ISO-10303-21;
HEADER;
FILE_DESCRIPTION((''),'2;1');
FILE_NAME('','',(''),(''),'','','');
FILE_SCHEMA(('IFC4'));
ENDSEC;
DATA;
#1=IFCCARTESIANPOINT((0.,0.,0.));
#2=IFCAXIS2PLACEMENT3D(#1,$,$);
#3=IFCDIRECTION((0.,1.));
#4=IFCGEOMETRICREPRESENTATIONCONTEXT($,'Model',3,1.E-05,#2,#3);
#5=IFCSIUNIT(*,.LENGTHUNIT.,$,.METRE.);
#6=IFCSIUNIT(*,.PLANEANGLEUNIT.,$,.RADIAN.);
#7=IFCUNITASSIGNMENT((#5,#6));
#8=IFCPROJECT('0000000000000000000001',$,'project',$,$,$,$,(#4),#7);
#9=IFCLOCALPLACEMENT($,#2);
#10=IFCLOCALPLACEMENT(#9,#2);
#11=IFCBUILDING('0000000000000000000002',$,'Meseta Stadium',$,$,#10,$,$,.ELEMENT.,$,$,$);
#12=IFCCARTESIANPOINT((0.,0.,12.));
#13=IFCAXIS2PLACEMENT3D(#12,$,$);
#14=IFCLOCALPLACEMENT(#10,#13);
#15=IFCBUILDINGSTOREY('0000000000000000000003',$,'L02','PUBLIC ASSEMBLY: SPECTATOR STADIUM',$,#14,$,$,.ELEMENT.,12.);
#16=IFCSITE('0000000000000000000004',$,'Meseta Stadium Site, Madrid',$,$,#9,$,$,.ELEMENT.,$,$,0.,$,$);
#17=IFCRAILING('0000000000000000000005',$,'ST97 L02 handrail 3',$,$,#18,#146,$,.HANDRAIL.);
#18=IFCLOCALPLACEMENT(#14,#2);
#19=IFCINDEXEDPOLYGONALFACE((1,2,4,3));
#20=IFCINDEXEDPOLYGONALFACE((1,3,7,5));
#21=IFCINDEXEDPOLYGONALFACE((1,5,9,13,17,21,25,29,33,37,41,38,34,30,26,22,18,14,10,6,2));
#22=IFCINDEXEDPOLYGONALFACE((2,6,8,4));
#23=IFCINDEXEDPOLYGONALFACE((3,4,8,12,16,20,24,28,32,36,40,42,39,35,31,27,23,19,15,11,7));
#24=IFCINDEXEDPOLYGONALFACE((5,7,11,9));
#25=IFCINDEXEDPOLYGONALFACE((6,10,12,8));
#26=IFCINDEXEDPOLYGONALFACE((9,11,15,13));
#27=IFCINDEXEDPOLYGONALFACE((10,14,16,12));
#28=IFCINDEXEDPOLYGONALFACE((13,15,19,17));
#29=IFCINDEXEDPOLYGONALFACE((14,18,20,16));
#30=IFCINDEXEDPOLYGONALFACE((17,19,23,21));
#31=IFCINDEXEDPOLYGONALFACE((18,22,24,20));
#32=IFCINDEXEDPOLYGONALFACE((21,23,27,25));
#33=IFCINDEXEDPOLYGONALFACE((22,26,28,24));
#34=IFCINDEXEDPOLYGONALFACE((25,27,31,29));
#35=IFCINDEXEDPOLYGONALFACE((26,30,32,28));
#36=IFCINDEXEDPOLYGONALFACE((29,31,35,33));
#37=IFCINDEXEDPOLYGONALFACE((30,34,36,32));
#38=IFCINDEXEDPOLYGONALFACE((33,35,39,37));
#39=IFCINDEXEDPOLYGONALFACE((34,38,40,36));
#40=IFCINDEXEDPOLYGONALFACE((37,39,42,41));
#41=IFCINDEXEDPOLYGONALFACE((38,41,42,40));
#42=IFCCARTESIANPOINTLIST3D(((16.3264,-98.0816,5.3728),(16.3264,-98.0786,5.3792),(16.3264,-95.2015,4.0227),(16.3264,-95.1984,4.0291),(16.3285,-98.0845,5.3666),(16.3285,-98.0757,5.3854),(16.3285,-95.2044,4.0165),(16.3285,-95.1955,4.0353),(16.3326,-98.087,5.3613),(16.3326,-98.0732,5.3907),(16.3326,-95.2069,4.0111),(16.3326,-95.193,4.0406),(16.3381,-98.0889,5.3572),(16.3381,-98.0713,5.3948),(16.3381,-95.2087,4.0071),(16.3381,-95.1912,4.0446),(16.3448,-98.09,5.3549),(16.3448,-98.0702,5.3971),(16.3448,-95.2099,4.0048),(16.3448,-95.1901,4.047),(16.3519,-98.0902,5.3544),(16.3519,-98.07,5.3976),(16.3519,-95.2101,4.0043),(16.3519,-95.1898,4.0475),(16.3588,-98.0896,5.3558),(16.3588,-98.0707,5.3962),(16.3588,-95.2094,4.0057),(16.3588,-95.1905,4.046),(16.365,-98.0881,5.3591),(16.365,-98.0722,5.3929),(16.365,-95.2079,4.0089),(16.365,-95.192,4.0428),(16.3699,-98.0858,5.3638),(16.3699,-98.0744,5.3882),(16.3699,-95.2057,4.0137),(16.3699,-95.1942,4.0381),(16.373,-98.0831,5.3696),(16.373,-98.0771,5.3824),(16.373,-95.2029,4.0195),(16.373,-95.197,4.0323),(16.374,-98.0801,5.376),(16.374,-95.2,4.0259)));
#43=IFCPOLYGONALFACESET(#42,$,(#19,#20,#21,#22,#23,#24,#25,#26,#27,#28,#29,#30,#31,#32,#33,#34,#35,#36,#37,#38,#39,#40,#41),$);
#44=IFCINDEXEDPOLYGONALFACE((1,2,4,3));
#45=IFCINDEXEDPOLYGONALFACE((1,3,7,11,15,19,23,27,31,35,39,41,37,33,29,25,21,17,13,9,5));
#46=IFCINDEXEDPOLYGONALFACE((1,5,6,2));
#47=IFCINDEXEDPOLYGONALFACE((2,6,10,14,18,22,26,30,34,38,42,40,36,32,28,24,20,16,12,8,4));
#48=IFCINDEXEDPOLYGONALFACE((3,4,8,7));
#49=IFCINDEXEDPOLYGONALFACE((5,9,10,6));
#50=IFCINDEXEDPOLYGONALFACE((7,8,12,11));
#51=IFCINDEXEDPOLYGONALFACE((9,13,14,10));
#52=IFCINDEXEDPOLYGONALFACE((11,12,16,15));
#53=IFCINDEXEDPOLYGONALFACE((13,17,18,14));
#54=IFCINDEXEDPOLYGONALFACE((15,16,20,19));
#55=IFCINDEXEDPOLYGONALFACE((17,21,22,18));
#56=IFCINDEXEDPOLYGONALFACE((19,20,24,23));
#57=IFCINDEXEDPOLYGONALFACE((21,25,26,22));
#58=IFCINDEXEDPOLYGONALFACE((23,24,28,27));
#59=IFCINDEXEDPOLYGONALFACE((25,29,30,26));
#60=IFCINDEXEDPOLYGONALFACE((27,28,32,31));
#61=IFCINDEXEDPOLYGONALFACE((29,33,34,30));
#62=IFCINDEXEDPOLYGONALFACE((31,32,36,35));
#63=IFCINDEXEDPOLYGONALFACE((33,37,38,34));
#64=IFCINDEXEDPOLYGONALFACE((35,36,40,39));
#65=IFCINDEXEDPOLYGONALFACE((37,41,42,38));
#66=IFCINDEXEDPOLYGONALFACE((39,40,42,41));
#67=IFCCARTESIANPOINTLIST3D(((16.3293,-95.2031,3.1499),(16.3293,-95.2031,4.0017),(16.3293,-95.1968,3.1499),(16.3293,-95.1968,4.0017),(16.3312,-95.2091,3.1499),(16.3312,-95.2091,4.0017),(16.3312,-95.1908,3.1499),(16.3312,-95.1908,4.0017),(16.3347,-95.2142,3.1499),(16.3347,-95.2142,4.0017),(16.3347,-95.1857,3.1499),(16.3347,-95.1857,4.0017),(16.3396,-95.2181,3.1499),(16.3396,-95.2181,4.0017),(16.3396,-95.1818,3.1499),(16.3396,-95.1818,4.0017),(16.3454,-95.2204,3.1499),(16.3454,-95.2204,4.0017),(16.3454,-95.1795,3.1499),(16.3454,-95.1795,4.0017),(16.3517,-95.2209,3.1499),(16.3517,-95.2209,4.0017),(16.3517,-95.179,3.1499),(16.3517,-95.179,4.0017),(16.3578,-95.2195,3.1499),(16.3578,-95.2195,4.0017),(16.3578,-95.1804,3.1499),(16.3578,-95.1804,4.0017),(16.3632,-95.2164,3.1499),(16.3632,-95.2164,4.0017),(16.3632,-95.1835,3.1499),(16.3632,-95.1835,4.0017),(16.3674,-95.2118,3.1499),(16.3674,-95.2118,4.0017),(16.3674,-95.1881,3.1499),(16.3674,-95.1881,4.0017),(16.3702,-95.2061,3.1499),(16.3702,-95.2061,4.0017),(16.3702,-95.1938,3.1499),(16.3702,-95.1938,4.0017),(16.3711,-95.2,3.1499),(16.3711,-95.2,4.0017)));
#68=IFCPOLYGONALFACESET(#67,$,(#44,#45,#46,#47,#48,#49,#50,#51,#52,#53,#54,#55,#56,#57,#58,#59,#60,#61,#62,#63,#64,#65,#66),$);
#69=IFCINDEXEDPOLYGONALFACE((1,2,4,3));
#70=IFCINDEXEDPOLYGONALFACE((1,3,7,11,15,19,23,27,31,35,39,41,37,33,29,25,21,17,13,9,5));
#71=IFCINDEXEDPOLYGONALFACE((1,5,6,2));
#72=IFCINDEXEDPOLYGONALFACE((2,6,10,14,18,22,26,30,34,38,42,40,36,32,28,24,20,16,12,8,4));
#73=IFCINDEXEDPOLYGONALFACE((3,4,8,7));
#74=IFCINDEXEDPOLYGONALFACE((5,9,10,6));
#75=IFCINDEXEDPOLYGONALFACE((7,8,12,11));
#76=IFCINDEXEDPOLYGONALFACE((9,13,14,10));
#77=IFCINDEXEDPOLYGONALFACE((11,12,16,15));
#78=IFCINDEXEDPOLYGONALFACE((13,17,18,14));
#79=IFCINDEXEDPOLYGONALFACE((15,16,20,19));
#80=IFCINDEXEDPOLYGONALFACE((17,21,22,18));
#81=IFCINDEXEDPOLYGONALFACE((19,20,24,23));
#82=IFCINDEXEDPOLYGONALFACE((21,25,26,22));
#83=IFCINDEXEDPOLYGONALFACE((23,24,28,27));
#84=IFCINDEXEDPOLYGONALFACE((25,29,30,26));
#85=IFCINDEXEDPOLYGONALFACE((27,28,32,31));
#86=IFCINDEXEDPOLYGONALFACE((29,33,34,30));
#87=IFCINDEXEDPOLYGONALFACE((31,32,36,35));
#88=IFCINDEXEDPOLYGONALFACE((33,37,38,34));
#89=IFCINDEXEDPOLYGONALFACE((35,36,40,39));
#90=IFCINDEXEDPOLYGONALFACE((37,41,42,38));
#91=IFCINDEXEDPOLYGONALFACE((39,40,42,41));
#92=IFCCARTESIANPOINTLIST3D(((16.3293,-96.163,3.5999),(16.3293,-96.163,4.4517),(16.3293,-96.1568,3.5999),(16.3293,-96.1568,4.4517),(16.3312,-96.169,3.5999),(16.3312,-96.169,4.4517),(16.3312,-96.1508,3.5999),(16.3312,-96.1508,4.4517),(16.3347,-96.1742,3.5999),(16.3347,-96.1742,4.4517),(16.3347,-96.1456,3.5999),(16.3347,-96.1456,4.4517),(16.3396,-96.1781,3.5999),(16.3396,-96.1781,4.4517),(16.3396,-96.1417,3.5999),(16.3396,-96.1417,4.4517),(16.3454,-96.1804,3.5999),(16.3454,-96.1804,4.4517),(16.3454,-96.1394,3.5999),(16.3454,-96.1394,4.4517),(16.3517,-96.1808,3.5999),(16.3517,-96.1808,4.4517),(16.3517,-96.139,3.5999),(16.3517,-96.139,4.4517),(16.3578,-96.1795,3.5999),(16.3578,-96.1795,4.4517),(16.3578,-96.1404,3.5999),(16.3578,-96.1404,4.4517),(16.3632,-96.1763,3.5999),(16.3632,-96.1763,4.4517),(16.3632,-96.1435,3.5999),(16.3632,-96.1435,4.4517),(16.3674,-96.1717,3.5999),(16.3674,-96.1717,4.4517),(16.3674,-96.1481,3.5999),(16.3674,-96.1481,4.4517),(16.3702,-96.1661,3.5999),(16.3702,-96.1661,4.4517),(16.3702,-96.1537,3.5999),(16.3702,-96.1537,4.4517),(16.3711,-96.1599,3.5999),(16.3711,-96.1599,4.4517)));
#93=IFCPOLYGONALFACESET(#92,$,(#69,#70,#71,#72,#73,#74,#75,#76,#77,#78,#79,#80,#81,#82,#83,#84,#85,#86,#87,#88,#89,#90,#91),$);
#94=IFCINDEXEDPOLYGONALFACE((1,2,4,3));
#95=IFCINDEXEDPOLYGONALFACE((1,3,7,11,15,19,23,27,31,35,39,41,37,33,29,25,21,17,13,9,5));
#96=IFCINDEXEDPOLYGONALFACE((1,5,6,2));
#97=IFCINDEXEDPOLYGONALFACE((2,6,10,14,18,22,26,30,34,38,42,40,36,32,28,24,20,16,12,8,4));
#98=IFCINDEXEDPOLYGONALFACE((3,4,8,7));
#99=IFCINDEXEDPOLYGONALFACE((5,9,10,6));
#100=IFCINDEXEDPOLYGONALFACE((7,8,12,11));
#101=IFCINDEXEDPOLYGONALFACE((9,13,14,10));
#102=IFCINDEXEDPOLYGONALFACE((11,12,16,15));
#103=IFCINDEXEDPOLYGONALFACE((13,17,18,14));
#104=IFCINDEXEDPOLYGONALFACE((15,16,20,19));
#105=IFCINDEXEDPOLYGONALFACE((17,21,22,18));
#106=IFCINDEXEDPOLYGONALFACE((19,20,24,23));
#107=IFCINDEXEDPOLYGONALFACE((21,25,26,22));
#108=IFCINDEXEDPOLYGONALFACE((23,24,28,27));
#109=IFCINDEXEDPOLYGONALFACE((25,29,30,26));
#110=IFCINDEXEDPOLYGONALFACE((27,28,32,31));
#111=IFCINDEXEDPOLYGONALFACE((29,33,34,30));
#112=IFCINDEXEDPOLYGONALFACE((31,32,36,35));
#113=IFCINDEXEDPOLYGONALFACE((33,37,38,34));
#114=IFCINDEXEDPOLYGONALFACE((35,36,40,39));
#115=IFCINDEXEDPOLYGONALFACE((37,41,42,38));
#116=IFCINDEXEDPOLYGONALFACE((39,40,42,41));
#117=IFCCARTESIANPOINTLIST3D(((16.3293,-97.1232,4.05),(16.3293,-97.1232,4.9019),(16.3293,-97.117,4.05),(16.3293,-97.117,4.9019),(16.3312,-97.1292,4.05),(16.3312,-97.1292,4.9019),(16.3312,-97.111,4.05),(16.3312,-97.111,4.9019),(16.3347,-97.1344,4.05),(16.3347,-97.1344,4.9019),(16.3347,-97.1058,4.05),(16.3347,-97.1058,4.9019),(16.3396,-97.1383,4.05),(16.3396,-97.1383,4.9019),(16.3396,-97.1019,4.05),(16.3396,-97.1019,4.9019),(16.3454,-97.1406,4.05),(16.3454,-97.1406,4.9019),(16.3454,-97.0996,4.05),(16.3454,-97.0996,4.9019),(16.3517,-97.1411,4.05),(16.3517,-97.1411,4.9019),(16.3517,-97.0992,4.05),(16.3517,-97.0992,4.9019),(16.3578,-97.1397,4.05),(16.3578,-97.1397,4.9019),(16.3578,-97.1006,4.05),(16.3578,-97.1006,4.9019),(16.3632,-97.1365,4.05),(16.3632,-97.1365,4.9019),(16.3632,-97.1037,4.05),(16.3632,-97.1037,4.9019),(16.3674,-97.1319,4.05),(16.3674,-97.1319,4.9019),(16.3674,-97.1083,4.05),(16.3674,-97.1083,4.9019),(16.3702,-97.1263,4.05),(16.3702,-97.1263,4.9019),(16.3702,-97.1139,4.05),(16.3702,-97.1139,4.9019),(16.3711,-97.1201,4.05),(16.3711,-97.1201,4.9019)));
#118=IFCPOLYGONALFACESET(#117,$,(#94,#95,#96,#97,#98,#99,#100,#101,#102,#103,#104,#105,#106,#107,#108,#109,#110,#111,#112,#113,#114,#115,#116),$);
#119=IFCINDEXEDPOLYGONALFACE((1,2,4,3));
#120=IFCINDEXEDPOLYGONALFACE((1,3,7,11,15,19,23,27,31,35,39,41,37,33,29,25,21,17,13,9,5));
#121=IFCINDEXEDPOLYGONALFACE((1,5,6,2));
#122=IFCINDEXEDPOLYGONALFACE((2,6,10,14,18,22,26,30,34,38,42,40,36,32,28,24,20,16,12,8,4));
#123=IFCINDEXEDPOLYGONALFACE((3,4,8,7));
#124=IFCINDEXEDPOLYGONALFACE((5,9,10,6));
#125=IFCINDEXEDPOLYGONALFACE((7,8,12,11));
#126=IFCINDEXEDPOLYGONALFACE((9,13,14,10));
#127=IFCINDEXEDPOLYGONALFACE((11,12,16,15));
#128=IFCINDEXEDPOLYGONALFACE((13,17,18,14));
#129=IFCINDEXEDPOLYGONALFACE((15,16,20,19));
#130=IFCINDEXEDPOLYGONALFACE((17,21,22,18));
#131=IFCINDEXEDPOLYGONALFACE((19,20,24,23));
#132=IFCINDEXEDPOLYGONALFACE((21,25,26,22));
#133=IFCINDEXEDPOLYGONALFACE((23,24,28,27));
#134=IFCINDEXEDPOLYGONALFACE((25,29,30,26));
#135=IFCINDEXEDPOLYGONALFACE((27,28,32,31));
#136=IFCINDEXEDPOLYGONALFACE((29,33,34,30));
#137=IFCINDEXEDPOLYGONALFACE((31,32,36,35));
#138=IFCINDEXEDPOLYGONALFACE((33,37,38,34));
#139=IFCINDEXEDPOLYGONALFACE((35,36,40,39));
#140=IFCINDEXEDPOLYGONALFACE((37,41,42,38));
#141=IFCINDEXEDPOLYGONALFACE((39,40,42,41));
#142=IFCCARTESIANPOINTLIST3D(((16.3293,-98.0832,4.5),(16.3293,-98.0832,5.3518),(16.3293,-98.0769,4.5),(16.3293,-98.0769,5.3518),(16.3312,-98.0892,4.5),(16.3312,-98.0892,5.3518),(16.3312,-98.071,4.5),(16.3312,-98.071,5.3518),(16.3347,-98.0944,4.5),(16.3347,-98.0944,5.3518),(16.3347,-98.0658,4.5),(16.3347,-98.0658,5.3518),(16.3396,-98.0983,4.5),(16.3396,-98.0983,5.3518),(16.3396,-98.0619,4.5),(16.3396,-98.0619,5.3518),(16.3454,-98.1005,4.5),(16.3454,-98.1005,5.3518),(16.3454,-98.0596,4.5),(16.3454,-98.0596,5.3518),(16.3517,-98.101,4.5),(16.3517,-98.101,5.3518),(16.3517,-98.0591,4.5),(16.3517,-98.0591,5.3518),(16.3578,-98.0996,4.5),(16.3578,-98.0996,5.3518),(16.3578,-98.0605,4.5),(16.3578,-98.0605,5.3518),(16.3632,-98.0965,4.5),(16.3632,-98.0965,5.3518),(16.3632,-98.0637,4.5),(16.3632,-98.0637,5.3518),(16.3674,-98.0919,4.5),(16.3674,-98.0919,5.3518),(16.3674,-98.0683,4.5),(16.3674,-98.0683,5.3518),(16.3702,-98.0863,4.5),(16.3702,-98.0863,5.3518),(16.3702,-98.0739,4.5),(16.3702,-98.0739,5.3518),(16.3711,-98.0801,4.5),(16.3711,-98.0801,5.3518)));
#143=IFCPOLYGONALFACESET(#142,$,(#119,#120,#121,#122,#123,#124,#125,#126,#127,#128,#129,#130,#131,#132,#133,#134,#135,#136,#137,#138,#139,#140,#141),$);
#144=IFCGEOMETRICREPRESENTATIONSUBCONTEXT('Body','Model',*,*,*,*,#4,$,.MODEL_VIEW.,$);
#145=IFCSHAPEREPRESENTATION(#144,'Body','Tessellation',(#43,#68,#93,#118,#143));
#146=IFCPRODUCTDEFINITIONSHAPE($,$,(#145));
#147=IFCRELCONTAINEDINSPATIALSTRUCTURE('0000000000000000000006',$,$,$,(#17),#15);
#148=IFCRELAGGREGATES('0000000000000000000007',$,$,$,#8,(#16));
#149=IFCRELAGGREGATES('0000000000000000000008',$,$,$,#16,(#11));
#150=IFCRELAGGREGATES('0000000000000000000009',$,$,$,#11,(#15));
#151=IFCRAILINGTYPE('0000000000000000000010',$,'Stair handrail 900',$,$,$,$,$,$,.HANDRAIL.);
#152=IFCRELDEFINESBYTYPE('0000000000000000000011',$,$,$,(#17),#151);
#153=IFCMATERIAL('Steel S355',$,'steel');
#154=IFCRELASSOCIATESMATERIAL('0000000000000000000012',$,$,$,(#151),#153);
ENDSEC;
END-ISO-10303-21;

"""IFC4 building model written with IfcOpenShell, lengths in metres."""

from ifc_helpers import new_model, si_unit, direction, frame, origin, origin_2d, place, context, subcontext, project, spatial, circle, extrude, material, type_object, element, save


model = new_model("IFC4")

# Units and contexts
model_context = context("Model", 3, precision=1e-05, world=origin(), true_north=direction((0.0, 1.0)))
body_context = subcontext(model_context, "Body", "Model", "MODEL_VIEW")
ifc_project = project(units=[si_unit("LENGTHUNIT", "METRE"), si_unit("PLANEANGLEUNIT", "RADIAN")], contexts=[model_context])

# Site, building, storey
site_placement = place(None, origin())
site = spatial("IfcSite", under=ifc_project, at=site_placement, Name="Meseta Stadium Site, Madrid", CompositionType="ELEMENT", RefElevation=0.0)
building_placement = place(site_placement, origin())
building = spatial("IfcBuilding", under=site, at=building_placement, Name="Meseta Stadium", CompositionType="ELEMENT")
storey_placement = place(building_placement, frame((0.0, 0.0, 12.0)))
storey = spatial("IfcBuildingStorey", under=building, at=storey_placement, Name="L02", Description="PUBLIC ASSEMBLY: SPECTATOR STADIUM", CompositionType="ELEMENT", Elevation=12.0)

# Railing
ifc_material_1 = material(Name="Steel S355", Category="steel")
railing_type_1 = type_object("IfcRailingType", Name="Stair handrail 900", PredefinedType="HANDRAIL", material=ifc_material_1)
railing_1_placement = place(storey_placement, frame((16.3501, -95.2, 3.1499)))
element("IfcRailing", 1, at=railing_1_placement, inside=storey, type_object=railing_type_1, Name="ST97 L02 handrail 3", PredefinedType="HANDRAIL", context=body_context, shape_type="SweptSolid", body=[
    extrude(circle(Radius=0.0239, at=origin_2d()), frame((0.0, 0.0, 0.876), z_axis=(0.0, -0.905454, 0.424444), x_axis=(1.0, 0.0, 0.0)), (0.0, 0.0, 1.0), 3.1809),
    extrude(circle(Radius=0.021, at=origin_2d()), origin(), (0.0, 0.0, 1.0), 0.8518),
    extrude(circle(Radius=0.021, at=origin_2d()), frame((0.0, -0.96, 0.45)), (0.0, 0.0, 1.0), 0.8518),
    extrude(circle(Radius=0.021, at=origin_2d()), frame((0.0, -1.9202, 0.9001)), (0.0, 0.0, 1.0), 0.8518),
    extrude(circle(Radius=0.021, at=origin_2d()), frame((0.0, -2.8801, 1.3501)), (0.0, 0.0, 1.0), 0.8518),
])

save(model, "model.ifc")
